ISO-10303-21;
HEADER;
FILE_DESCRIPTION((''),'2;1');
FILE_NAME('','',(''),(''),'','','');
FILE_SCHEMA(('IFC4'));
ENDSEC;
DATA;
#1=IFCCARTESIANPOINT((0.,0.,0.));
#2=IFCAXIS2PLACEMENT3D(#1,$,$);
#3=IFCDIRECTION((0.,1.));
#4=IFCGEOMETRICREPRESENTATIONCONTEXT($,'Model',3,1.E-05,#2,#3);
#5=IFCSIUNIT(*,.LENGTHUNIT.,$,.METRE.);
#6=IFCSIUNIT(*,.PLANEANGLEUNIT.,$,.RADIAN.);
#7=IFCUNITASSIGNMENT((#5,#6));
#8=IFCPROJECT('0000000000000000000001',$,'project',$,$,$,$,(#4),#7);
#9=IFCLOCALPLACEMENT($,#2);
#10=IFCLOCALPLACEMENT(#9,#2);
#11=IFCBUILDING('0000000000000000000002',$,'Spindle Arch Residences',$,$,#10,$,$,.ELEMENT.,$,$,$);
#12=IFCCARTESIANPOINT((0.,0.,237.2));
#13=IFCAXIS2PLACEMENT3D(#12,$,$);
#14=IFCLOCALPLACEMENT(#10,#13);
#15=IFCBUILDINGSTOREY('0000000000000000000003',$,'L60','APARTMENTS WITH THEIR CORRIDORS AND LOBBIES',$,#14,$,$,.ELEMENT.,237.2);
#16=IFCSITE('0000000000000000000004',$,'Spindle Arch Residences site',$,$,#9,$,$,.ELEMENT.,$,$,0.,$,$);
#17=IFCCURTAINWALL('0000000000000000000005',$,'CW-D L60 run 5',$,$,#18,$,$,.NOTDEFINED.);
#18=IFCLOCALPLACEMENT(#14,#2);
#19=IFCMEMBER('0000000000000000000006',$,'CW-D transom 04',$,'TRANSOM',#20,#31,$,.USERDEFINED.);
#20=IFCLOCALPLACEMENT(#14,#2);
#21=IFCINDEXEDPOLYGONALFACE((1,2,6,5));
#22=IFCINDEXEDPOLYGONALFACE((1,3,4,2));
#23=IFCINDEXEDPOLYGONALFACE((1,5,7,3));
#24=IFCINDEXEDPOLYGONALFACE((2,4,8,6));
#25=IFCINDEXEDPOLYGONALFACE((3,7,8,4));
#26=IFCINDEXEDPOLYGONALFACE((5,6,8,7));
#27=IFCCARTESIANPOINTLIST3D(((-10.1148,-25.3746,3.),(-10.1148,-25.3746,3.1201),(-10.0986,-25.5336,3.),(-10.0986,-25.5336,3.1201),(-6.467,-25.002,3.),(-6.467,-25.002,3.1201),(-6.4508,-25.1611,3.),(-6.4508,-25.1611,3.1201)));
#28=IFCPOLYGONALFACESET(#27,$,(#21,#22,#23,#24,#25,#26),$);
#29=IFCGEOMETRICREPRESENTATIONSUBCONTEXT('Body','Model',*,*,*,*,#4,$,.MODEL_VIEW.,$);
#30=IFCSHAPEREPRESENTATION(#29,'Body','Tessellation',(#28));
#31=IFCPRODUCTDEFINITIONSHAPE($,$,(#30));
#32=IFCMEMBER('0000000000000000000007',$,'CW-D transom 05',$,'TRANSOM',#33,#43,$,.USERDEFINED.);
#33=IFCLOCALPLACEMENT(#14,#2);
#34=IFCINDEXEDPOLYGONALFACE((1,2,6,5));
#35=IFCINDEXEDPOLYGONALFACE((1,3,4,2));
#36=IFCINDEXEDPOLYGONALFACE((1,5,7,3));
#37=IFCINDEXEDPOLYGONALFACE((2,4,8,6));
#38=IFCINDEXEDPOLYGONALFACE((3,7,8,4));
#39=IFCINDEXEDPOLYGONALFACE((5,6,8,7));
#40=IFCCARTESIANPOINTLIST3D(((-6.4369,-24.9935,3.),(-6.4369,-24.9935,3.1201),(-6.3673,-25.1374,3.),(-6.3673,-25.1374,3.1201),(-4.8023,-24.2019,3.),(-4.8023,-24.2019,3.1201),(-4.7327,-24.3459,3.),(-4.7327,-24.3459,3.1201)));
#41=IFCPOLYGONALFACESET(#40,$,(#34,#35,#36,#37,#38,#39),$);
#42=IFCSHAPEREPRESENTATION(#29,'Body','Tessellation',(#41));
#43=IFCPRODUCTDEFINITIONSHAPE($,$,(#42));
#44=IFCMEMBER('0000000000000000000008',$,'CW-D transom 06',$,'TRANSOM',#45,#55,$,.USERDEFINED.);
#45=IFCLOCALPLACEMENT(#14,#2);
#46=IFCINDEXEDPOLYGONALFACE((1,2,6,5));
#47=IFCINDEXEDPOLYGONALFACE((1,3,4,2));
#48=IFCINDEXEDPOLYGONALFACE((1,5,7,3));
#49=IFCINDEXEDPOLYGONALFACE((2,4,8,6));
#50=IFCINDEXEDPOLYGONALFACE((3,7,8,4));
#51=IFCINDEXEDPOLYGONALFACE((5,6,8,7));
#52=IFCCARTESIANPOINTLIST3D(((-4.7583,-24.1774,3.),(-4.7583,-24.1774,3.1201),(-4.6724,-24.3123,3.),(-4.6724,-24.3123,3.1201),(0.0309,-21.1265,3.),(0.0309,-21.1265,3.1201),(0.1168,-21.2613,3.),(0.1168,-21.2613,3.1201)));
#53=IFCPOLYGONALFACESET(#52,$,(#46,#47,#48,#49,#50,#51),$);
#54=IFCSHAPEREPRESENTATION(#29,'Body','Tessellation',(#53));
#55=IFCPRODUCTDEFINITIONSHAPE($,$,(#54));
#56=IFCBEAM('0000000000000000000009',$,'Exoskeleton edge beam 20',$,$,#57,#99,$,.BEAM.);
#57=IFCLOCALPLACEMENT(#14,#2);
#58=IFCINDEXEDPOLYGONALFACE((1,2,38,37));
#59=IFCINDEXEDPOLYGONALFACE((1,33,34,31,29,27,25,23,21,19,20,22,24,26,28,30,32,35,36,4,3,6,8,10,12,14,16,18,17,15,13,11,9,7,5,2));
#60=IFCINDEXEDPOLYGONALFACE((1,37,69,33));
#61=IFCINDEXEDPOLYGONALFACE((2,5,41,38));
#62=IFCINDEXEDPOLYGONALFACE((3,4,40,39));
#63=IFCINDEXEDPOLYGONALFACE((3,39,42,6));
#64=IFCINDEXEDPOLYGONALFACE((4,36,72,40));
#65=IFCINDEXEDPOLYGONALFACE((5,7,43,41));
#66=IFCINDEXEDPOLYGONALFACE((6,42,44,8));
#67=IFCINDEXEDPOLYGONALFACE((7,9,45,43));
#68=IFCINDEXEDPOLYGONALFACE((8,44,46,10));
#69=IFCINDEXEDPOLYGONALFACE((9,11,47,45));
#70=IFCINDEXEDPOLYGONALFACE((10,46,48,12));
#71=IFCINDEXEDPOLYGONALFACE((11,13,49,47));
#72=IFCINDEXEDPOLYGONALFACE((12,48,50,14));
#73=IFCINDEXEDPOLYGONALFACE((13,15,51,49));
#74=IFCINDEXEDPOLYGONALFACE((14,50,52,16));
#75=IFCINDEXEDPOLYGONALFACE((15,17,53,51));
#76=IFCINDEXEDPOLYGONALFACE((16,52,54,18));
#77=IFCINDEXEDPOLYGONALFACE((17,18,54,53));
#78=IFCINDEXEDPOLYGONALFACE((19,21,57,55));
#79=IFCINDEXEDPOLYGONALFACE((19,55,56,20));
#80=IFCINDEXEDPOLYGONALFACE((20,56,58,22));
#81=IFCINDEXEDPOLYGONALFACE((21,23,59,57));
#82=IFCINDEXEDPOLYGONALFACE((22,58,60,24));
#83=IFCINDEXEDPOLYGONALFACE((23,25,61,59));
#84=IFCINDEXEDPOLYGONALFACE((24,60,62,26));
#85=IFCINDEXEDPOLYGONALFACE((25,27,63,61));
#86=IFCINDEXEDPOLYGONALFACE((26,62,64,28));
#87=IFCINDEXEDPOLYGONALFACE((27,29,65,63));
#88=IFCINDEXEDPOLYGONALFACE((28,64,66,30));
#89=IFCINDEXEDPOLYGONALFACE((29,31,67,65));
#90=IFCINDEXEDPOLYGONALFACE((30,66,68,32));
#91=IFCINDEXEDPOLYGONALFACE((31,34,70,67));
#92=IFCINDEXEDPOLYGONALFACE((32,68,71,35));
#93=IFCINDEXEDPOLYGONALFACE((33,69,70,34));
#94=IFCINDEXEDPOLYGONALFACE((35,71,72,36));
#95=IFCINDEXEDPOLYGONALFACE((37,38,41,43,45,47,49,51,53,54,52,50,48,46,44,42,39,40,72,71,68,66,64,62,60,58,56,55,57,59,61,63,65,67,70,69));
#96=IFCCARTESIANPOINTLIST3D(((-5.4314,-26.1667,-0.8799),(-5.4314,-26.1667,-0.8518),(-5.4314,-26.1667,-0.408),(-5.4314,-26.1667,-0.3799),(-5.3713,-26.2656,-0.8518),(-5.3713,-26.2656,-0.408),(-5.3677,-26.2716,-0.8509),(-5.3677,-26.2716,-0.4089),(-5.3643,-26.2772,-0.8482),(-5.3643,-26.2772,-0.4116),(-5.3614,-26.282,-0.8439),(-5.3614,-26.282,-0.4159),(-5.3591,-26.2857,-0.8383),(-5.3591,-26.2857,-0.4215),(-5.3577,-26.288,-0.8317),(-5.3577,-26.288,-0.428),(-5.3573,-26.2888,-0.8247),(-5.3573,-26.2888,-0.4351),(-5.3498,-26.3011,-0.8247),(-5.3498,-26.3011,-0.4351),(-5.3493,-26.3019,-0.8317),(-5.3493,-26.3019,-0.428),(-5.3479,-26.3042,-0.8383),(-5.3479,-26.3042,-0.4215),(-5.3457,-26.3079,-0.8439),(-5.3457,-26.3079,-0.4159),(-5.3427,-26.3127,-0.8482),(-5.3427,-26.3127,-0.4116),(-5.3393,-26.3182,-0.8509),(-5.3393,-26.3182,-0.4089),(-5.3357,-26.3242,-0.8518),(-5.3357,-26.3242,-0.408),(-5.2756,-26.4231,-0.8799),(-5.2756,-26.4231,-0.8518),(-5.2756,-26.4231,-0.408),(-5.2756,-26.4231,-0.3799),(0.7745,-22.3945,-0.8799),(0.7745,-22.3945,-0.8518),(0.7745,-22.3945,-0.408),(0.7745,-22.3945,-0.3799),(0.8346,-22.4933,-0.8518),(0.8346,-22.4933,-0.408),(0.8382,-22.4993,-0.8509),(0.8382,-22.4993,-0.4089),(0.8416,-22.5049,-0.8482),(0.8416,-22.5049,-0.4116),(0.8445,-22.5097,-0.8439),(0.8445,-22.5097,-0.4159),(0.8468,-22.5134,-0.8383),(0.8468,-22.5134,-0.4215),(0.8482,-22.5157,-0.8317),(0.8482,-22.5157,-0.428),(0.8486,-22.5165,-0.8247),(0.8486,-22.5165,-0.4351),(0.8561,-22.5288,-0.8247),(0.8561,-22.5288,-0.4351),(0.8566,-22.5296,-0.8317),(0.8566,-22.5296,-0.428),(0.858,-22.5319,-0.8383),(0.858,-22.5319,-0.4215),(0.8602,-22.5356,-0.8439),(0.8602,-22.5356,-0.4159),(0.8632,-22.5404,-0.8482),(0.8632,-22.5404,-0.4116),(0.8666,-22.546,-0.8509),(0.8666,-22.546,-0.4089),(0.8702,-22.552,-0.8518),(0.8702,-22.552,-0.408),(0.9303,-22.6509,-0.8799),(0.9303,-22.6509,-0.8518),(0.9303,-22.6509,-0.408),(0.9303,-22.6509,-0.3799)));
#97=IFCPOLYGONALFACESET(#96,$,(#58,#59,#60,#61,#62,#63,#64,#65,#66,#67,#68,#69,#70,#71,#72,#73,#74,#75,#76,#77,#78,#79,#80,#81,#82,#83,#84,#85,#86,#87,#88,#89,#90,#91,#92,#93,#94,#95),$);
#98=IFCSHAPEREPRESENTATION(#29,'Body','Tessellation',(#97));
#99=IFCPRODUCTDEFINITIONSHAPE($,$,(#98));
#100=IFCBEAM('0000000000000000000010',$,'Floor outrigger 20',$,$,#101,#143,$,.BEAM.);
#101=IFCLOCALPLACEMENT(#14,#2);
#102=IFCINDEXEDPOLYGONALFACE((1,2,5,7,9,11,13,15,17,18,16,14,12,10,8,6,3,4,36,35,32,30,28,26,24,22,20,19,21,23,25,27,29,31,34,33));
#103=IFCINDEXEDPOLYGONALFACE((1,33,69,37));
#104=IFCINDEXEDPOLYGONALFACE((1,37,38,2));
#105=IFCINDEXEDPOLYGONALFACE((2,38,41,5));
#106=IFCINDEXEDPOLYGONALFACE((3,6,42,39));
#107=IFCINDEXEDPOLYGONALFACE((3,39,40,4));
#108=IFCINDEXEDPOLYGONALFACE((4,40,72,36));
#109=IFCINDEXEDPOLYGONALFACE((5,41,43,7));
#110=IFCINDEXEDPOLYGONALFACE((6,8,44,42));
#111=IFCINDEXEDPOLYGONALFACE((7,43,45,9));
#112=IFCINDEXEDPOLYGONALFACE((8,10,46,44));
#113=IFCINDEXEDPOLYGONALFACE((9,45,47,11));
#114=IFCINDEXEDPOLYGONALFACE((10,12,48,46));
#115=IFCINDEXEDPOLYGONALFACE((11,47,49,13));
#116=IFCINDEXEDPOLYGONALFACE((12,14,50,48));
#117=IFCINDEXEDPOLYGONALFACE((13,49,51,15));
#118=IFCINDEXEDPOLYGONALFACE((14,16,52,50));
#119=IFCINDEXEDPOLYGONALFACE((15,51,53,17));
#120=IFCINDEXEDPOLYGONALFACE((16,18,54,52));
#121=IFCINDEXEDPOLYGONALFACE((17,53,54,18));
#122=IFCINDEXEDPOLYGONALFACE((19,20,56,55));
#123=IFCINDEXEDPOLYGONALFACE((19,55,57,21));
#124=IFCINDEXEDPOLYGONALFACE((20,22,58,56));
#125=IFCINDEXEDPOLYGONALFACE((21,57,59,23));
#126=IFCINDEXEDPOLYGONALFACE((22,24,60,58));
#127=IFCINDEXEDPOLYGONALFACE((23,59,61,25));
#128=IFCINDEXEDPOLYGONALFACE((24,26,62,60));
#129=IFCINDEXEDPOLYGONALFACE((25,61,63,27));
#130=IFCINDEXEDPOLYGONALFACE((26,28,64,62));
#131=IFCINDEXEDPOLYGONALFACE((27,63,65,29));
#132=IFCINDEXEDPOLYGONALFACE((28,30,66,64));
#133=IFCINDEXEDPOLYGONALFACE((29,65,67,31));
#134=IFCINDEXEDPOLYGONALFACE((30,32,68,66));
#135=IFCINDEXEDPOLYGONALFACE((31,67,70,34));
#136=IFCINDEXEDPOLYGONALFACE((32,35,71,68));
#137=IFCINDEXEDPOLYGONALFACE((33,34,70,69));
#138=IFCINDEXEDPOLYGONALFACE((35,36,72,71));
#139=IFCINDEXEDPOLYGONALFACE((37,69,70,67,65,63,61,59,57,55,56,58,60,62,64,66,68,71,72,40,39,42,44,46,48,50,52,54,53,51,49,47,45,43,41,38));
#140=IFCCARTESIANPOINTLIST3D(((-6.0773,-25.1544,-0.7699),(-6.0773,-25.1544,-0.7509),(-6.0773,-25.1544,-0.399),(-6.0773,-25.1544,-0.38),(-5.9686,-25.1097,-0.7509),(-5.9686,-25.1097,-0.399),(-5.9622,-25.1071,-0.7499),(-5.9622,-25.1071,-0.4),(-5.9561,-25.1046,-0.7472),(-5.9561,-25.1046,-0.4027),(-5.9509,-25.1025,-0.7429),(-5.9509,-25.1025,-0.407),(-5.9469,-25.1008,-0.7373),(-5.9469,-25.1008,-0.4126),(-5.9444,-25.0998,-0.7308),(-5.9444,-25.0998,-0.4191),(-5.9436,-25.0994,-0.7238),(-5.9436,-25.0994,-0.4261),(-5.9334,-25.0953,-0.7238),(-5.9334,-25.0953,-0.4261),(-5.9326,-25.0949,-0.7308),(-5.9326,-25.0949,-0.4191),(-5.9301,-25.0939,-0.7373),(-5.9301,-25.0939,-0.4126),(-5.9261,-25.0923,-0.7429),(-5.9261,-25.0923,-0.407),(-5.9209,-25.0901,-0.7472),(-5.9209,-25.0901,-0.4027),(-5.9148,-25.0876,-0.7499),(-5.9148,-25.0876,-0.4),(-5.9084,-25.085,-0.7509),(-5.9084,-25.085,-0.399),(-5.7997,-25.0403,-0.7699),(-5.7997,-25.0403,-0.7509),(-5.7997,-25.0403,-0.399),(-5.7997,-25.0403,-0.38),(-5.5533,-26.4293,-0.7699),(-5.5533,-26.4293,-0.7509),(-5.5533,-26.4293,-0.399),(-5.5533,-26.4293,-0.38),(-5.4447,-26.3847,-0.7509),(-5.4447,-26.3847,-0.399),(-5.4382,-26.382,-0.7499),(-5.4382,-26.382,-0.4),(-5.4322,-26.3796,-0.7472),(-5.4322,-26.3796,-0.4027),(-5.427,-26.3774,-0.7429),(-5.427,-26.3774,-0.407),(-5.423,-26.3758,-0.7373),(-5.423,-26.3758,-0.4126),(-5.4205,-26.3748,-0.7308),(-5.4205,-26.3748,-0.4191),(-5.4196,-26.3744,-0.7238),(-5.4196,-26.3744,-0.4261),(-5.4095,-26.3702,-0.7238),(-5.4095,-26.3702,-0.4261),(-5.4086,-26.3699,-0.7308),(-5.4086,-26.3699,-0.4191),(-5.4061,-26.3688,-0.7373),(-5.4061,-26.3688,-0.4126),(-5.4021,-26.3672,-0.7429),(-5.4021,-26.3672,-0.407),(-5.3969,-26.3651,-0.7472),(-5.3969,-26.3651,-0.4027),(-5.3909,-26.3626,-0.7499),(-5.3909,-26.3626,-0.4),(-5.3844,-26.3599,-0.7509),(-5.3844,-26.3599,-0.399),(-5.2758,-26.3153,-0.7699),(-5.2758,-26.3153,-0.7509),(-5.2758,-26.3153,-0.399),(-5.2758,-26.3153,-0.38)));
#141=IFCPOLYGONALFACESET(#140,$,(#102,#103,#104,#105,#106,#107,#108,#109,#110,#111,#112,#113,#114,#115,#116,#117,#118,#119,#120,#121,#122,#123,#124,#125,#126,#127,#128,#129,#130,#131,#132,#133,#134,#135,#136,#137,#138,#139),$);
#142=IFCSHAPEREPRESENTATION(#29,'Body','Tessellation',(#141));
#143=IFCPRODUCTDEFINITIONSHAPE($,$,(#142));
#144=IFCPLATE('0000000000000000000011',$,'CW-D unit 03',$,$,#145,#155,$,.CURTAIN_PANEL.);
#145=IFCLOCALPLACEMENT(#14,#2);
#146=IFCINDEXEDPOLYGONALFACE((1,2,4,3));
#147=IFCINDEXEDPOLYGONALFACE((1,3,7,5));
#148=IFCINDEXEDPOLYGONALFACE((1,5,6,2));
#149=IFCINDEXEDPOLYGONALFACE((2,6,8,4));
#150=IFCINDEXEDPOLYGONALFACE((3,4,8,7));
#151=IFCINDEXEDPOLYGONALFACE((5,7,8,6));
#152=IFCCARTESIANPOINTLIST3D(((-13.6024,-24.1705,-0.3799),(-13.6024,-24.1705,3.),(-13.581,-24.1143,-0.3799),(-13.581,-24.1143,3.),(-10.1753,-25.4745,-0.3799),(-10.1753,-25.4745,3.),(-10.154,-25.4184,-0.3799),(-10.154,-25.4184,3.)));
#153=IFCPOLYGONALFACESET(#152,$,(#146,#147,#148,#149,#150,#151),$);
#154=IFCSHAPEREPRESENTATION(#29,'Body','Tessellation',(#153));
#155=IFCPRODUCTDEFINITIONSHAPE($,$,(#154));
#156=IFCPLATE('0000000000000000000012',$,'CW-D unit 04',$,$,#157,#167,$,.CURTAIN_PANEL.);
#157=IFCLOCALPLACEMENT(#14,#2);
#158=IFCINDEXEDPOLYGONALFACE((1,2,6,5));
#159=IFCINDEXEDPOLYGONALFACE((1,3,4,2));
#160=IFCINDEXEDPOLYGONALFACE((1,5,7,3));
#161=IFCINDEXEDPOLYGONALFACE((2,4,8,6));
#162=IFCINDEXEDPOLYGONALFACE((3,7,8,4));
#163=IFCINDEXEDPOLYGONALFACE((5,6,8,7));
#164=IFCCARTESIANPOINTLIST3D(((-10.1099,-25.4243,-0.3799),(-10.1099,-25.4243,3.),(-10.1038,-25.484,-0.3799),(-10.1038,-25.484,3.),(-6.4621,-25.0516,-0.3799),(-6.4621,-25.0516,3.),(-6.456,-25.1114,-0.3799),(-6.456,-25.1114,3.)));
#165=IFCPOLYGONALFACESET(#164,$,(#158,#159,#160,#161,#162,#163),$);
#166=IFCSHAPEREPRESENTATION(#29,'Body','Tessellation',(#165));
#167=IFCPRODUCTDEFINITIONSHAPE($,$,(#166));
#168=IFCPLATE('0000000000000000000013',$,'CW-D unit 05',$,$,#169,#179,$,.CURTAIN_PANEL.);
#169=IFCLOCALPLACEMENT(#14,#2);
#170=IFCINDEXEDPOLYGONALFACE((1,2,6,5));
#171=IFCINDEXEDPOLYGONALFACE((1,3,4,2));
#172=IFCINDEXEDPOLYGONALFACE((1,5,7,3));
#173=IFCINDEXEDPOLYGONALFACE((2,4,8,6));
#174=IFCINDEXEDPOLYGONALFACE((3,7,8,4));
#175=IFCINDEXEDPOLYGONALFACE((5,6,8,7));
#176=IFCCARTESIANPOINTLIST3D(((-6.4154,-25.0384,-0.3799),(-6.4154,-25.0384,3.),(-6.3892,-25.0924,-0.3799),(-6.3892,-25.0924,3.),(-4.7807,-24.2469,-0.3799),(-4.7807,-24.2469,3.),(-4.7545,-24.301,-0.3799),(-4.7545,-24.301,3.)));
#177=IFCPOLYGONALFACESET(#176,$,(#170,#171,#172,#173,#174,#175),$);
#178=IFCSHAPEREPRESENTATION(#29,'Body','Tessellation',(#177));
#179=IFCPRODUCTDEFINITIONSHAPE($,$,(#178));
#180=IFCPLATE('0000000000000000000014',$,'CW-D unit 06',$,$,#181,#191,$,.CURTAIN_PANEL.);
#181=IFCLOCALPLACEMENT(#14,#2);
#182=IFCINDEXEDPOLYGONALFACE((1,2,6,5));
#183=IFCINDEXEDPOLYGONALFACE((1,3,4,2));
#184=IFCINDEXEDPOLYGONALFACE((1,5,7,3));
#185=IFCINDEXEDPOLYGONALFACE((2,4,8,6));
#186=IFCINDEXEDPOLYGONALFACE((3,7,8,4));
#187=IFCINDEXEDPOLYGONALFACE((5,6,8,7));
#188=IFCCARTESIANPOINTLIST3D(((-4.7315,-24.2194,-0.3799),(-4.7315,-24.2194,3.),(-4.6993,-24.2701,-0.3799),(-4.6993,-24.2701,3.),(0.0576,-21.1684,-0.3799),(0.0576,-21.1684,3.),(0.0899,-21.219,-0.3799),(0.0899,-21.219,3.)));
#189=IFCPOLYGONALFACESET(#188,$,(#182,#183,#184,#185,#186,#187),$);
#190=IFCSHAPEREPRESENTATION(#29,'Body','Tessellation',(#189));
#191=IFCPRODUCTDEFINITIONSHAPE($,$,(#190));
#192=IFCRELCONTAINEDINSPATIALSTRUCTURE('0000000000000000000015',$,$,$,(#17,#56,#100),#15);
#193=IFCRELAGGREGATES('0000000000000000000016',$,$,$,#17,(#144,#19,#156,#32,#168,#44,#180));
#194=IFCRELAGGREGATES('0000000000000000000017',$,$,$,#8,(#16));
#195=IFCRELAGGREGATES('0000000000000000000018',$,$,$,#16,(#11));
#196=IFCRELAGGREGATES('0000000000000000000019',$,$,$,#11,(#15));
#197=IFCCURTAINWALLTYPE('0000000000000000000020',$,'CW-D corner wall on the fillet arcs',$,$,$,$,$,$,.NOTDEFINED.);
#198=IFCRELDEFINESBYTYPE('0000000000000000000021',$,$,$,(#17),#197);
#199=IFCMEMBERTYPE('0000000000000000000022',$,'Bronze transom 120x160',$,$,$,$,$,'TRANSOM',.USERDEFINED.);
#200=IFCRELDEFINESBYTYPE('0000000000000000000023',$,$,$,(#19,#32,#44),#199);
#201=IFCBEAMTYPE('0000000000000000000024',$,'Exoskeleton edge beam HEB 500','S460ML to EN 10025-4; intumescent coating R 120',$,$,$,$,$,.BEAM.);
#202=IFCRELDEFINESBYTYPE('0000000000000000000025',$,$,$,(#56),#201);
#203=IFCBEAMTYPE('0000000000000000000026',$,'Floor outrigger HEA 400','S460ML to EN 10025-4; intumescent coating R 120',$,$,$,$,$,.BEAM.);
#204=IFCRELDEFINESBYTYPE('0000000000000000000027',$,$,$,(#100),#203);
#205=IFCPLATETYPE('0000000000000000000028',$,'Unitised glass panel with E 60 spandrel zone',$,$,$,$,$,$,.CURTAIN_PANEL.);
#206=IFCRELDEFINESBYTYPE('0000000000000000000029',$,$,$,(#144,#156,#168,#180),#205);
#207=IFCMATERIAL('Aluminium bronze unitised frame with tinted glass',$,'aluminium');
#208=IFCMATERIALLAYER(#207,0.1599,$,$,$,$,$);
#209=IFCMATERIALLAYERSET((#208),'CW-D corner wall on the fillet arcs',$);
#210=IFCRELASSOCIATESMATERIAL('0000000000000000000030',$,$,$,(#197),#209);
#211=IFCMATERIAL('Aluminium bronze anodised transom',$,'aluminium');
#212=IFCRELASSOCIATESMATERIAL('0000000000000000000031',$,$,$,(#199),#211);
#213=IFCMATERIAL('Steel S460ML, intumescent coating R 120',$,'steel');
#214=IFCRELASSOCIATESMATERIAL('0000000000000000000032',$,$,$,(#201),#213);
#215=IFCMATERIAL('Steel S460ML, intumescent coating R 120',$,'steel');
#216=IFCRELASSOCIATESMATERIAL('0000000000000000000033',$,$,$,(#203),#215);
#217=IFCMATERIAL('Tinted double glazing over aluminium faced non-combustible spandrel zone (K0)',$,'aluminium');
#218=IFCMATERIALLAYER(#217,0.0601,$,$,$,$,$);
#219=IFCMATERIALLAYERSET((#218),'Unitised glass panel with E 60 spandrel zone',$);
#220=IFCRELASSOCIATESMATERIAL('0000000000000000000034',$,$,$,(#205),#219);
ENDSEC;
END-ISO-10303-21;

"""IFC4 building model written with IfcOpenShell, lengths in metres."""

from ifc_helpers import new_model, si_unit, direction, frame, origin, origin_2d, place, context, subcontext, project, spatial, rectangle, i_section, extrude, material, layer, layer_set, material_profile, profile_set, type_object, element, aggregate, save


model = new_model("IFC4")

# Units and contexts
model_context = context("Model", 3, precision=1e-05, world=origin(), true_north=direction((0.0, 1.0)))
body_context = subcontext(model_context, "Body", "Model", "MODEL_VIEW")
ifc_project = project(units=[si_unit("LENGTHUNIT", "METRE"), si_unit("PLANEANGLEUNIT", "RADIAN")], contexts=[model_context])

# Site, building, storey
site_placement = place(None, origin())
site = spatial("IfcSite", under=ifc_project, at=site_placement, Name="Spindle Arch Residences site", CompositionType="ELEMENT", RefElevation=0.0)
building_placement = place(site_placement, origin())
building = spatial("IfcBuilding", under=site, at=building_placement, Name="Spindle Arch Residences", CompositionType="ELEMENT")
storey_placement = place(building_placement, frame((0.0, 0.0, 237.2)))
storey = spatial("IfcBuildingStorey", under=building, at=storey_placement, Name="L60", Description="APARTMENTS WITH THEIR CORRIDORS AND LOBBIES", CompositionType="ELEMENT", Elevation=237.2)

# Curtain wall, members
ifc_material_1 = material(Name="Aluminium bronze unitised frame with tinted glass", Category="aluminium")
ifc_layer_1 = layer(ifc_material_1, 0.1599)
ifc_layer_set_1 = layer_set([ifc_layer_1], Name="CW-D corner wall on the fillet arcs")
curtain_wall_type = type_object("IfcCurtainWallType", Name="CW-D corner wall on the fillet arcs", PredefinedType="NOTDEFINED", material=ifc_layer_set_1)
curtain_wall_placement = place(storey_placement, origin())
curtain_wall = element("IfcCurtainWall", 1, at=curtain_wall_placement, inside=storey, type_object=curtain_wall_type, Name="CW-D L60 run 5", PredefinedType="NOTDEFINED")
ifc_material_2 = material(Name="Aluminium bronze anodised transom", Category="aluminium")
ifc_material_profile_1 = material_profile(ifc_material_2, rectangle(XDim=0.1599, YDim=0.1201, at=origin_2d()), Name="TR 120x160")
ifc_profile_set_1 = profile_set([ifc_material_profile_1], Name="Aluminium bronze anodised transom")
member_type_1 = type_object("IfcMemberType", Name="Bronze transom 120x160", ElementType="TRANSOM", PredefinedType="USERDEFINED", material=ifc_profile_set_1)
member_1_placement = place(storey_placement, frame((-10.1067, -25.4541, 3.0601), z_axis=(0.994825, 0.101606, 0.0), x_axis=(-0.101606, 0.994825, 0.0)))
member_1 = element("IfcMember", 2, at=member_1_placement, type_object=member_type_1, Name="CW-D transom 04", ObjectType="TRANSOM", PredefinedType="USERDEFINED", context=body_context, shape_type="SweptSolid", body=[
    extrude(rectangle(XDim=0.1599, YDim=0.1201, at=origin_2d()), origin(), (0.0, 0.0, 1.0), 3.6667),
])
member_2_placement = place(storey_placement, frame((-6.4021, -25.0654, 3.0601), z_axis=(0.900028, 0.435831, 0.0), x_axis=(-0.435831, 0.900028, 0.0)))
member_2 = element("IfcMember", 3, at=member_2_placement, type_object=member_type_1, Name="CW-D transom 05", ObjectType="TRANSOM", PredefinedType="USERDEFINED", context=body_context, shape_type="SweptSolid", body=[
    extrude(rectangle(XDim=0.1599, YDim=0.1201, at=origin_2d()), origin(), (0.0, 0.0, 1.0), 1.8162),
])
member_3_placement = place(storey_placement, frame((-4.7153, -24.2449, 3.0601), z_axis=(0.843399, 0.537287, 0.0), x_axis=(-0.537287, 0.843399, 0.0)))
member_3 = element("IfcMember", 4, at=member_3_placement, type_object=member_type_1, Name="CW-D transom 06", ObjectType="TRANSOM", PredefinedType="USERDEFINED", context=body_context, shape_type="SweptSolid", body=[
    extrude(rectangle(XDim=0.1599, YDim=0.1201, at=origin_2d()), origin(), (0.0, 0.0, 1.0), 5.6785),
])

# Beams
ifc_material_3 = material(Name="Steel S460ML, intumescent coating R 120", Category="steel")
ifc_material_profile_2 = material_profile(ifc_material_3, i_section(OverallWidth=0.3, OverallDepth=0.5, WebThickness=0.0144, FlangeThickness=0.0281, FilletRadius=0.0271, at=origin_2d()), Name="HEB 500")
ifc_profile_set_2 = profile_set([ifc_material_profile_2], Name="Steel S460ML, intumescent coating R 120")
beam_type_1 = type_object("IfcBeamType", Name="Exoskeleton edge beam HEB 500", Description="S460ML to EN 10025-4; intumescent coating R 120", PredefinedType="BEAM", material=ifc_profile_set_2)
beam_1_placement = place(storey_placement, frame((-5.3535, -26.2949, -0.6299), z_axis=(0.854518, 0.519421, 0.0), x_axis=(-0.519421, 0.854518, 0.0)))
element("IfcBeam", 5, at=beam_1_placement, inside=storey, type_object=beam_type_1, Name="Exoskeleton edge beam 20", PredefinedType="BEAM", context=body_context, shape_type="SweptSolid", body=[
    extrude(i_section(OverallWidth=0.3, OverallDepth=0.5, WebThickness=0.0144, FlangeThickness=0.0281, FilletRadius=0.0271, at=origin_2d()), origin(), (0.0, 0.0, 1.0), 7.2625),
])
ifc_material_4 = material(Name="Steel S460ML, intumescent coating R 120", Category="steel")
ifc_material_profile_3 = material_profile(ifc_material_4, i_section(OverallWidth=0.3, OverallDepth=0.3899, WebThickness=0.011, FlangeThickness=0.019, FilletRadius=0.0271, at=origin_2d()), Name="HEA 400")
ifc_profile_set_3 = profile_set([ifc_material_profile_3], Name="Steel S460ML, intumescent coating R 120")
beam_type_2 = type_object("IfcBeamType", Name="Floor outrigger HEA 400", Description="S460ML to EN 10025-4; intumescent coating R 120", PredefinedType="BEAM", material=ifc_profile_set_3)
beam_2_placement = place(storey_placement, frame((-5.4146, -26.3723, -0.575), z_axis=(-0.380108, 0.924942, 0.0), x_axis=(-0.924942, -0.380108, 0.0)))
element("IfcBeam", 6, at=beam_2_placement, inside=storey, type_object=beam_type_2, Name="Floor outrigger 20", PredefinedType="BEAM", context=body_context, shape_type="SweptSolid", body=[
    extrude(i_section(OverallWidth=0.3, OverallDepth=0.3899, WebThickness=0.011, FlangeThickness=0.019, FilletRadius=0.0271, at=origin_2d()), origin(), (0.0, 0.0, 1.0), 1.3784),
])

# Plates
ifc_material_5 = material(Name="Tinted double glazing over aluminium faced non-combustible spandrel zone (K0)", Category="aluminium")
ifc_layer_2 = layer(ifc_material_5, 0.0601)
ifc_layer_set_2 = layer_set([ifc_layer_2], Name="Unitised glass panel with E 60 spandrel zone")
plate_type = type_object("IfcPlateType", Name="Unitised glass panel with E 60 spandrel zone", PredefinedType="CURTAIN_PANEL", material=ifc_layer_set_2)
plate_1_placement = place(storey_placement, frame((-11.8782, -24.7944, -0.3799), z_axis=(0.0, 0.0, 1.0), x_axis=(0.934619, -0.355651, 0.0)))
plate_1 = element("IfcPlate", 7, at=plate_1_placement, type_object=plate_type, Name="CW-D unit 03", PredefinedType="CURTAIN_PANEL", context=body_context, shape_type="SweptSolid", body=[
    extrude(rectangle(XDim=3.6667, YDim=0.0601, at=origin_2d()), origin(), (0.0, 0.0, 1.0), 3.3799),
])
plate_2_placement = place(storey_placement, frame((-8.283, -25.2678, -0.3799), z_axis=(0.0, 0.0, 1.0), x_axis=(0.994822, 0.101635, 0.0)))
plate_2 = element("IfcPlate", 8, at=plate_2_placement, type_object=plate_type, Name="CW-D unit 04", PredefinedType="CURTAIN_PANEL", context=body_context, shape_type="SweptSolid", body=[
    extrude(rectangle(XDim=3.6667, YDim=0.0601, at=origin_2d()), origin(), (0.0, 0.0, 1.0), 3.3799),
])
plate_3_placement = place(storey_placement, frame((-5.585, -24.6697, -0.3799), z_axis=(0.0, 0.0, 1.0), x_axis=(0.900065, 0.435755, 0.0)))
plate_3 = element("IfcPlate", 9, at=plate_3_placement, type_object=plate_type, Name="CW-D unit 05", PredefinedType="CURTAIN_PANEL", context=body_context, shape_type="SweptSolid", body=[
    extrude(rectangle(XDim=1.8162, YDim=0.0601, at=origin_2d()), origin(), (0.0, 0.0, 1.0), 3.3799),
])
plate_4_placement = place(storey_placement, frame((-2.3208, -22.7192, -0.3799), z_axis=(0.0, 0.0, 1.0), x_axis=(0.843391, 0.5373, 0.0)))
plate_4 = element("IfcPlate", 10, at=plate_4_placement, type_object=plate_type, Name="CW-D unit 06", PredefinedType="CURTAIN_PANEL", context=body_context, shape_type="SweptSolid", body=[
    extrude(rectangle(XDim=5.6785, YDim=0.0601, at=origin_2d()), origin(), (0.0, 0.0, 1.0), 3.3799),
])
aggregate(curtain_wall, [plate_1, member_1, plate_2, member_2, plate_3, member_3, plate_4])

save(model, "model.ifc")
